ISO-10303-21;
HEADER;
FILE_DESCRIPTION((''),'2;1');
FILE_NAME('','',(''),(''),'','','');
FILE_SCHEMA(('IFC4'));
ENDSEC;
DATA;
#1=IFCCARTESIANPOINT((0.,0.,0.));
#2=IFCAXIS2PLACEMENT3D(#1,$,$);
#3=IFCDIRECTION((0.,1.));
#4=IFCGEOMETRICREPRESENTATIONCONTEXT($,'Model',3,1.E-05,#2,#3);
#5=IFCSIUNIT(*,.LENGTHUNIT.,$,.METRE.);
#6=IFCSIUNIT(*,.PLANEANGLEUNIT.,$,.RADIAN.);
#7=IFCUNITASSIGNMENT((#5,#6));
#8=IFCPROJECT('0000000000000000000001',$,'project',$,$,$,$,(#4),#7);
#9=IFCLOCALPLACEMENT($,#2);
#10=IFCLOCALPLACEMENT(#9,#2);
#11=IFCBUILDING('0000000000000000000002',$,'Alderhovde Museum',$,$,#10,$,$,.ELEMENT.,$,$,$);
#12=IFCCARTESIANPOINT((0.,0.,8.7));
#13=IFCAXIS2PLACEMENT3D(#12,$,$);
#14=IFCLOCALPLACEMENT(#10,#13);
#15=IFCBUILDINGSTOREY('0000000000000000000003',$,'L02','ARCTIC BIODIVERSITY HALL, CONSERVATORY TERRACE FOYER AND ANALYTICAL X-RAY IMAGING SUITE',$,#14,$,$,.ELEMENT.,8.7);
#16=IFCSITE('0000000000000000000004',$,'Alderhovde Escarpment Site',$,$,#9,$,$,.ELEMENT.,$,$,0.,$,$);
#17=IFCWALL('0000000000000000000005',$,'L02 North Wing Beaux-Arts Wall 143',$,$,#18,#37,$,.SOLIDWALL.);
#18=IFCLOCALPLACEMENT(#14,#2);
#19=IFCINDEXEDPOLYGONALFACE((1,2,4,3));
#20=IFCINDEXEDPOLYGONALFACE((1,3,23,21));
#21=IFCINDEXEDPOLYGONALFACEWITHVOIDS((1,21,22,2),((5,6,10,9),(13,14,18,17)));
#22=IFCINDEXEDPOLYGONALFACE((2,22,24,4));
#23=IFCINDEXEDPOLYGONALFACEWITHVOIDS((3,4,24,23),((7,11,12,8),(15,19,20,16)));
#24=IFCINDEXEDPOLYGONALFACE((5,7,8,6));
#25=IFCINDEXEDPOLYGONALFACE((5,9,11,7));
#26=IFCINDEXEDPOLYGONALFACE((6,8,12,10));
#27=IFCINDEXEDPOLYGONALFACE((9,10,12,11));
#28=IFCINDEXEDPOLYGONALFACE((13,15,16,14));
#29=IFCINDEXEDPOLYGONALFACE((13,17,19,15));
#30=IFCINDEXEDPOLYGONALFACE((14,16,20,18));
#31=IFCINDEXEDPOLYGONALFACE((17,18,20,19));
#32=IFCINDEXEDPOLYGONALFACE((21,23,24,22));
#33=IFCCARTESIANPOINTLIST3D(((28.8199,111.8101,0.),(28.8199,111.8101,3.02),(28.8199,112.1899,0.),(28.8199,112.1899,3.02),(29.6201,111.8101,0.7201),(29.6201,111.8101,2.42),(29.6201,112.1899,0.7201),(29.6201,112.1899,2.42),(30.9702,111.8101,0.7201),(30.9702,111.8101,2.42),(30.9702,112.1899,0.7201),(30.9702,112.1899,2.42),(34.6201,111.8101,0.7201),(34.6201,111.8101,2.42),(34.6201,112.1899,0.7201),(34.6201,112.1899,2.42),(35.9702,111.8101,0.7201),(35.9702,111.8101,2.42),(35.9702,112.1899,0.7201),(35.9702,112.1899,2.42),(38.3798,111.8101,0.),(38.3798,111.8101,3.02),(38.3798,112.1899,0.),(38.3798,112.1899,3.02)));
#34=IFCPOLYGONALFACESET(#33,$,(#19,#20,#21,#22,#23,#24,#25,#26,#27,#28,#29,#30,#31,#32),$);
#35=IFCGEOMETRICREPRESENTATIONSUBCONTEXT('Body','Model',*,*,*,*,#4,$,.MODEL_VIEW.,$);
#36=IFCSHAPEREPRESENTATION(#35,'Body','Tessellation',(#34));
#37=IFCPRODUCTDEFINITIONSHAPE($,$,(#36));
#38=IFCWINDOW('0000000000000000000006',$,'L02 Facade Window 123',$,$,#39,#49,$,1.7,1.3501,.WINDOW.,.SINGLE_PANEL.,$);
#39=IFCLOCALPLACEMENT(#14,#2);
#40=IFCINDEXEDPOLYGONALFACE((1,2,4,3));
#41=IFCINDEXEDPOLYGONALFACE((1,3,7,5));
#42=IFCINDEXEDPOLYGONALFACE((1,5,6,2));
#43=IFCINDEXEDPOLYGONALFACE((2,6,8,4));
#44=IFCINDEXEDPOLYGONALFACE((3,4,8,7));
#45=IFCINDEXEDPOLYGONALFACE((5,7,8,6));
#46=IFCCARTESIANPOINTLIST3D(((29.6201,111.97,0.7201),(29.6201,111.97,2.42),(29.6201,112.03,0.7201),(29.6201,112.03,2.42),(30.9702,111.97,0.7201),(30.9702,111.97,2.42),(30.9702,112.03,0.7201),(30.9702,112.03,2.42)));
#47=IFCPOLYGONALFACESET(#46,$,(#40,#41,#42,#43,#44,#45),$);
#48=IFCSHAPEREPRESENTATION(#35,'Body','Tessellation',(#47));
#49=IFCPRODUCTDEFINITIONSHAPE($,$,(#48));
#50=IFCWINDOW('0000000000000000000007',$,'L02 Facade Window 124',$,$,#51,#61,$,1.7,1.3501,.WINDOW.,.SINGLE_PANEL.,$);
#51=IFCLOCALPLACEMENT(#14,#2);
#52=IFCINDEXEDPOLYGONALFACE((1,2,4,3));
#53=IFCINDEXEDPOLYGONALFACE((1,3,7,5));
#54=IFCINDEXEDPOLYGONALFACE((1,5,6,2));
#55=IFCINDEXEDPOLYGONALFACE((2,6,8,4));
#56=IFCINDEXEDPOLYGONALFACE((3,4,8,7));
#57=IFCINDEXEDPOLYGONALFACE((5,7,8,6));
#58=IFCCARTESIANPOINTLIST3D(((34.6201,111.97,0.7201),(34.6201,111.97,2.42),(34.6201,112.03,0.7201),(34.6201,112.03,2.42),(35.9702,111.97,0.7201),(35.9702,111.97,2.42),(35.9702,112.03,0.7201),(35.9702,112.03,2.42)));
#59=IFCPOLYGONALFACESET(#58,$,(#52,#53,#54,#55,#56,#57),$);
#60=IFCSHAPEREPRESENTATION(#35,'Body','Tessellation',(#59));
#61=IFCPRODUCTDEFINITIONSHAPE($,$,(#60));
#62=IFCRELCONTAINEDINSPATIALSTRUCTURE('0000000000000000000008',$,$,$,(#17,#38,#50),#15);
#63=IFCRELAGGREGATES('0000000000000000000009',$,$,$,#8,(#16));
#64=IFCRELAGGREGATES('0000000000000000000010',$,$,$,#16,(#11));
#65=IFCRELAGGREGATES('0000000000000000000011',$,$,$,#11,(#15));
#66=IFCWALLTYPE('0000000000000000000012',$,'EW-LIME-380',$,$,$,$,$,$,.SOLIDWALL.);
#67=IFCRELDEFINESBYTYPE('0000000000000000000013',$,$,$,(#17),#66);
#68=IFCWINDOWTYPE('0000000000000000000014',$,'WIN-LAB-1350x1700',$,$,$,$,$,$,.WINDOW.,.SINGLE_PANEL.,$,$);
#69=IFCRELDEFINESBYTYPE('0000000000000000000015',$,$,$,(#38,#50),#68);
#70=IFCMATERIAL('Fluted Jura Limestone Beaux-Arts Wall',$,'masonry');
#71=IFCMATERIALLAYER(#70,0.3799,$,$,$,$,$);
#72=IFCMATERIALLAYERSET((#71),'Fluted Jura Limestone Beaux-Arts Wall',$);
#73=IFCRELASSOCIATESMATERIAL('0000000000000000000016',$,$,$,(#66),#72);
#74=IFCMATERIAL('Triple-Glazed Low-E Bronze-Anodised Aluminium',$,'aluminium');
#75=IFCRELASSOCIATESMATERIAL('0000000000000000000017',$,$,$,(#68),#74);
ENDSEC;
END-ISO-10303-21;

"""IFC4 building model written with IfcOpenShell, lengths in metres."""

from ifc_helpers import new_model, si_unit, direction, frame, frame_2d, origin, place, context, subcontext, project, spatial, rectangle, extrude, material, layer, layer_set, type_object, element, fill, save


model = new_model("IFC4")

# Units and contexts
model_context = context("Model", 3, precision=1e-05, world=origin(), true_north=direction((0.0, 1.0)))
body_context = subcontext(model_context, "Body", "Model", "MODEL_VIEW")
ifc_project = project(units=[si_unit("LENGTHUNIT", "METRE"), si_unit("PLANEANGLEUNIT", "RADIAN")], contexts=[model_context])

# Site, building, storey
site_placement = place(None, origin())
site = spatial("IfcSite", under=ifc_project, at=site_placement, Name="Alderhovde Escarpment Site", CompositionType="ELEMENT", RefElevation=0.0)
building_placement = place(site_placement, origin())
building = spatial("IfcBuilding", under=site, at=building_placement, Name="Alderhovde Museum", CompositionType="ELEMENT")
storey_placement = place(building_placement, frame((0.0, 0.0, 8.7)))
storey = spatial("IfcBuildingStorey", under=building, at=storey_placement, Name="L02", Description="ARCTIC BIODIVERSITY HALL, CONSERVATORY TERRACE FOYER AND ANALYTICAL X-RAY IMAGING SUITE", CompositionType="ELEMENT", Elevation=8.7)

# Wall, openings, windows
ifc_material_1 = material(Name="Fluted Jura Limestone Beaux-Arts Wall", Category="masonry")
ifc_layer = layer(ifc_material_1, 0.3799)
ifc_layer_set = layer_set([ifc_layer], Name="Fluted Jura Limestone Beaux-Arts Wall")
wall_type = type_object("IfcWallType", Name="EW-LIME-380", PredefinedType="SOLIDWALL", material=ifc_layer_set)
ifc_material_2 = material(Name="Triple-Glazed Low-E Bronze-Anodised Aluminium", Category="aluminium")
window_type = type_object("IfcWindowType", Name="WIN-LAB-1350x1700", PartitioningType="SINGLE_PANEL", PredefinedType="WINDOW", material=ifc_material_2)
wall_1_placement = place(storey_placement, frame((28.8201, 112.0, 0.0), z_axis=(0.0, 0.0, 1.0), x_axis=(1.0, 0.0, 0.0)))
wall_1 = element("IfcWall", 1, at=wall_1_placement, inside=storey, type_object=wall_type, Name="L02 North Wing Beaux-Arts Wall 143", PredefinedType="SOLIDWALL", context=body_context, shape_type="SweptSolid", body=[
    extrude(rectangle(XDim=9.5598, YDim=0.3799, at=frame_2d((4.7798, 0.0))), origin(), (0.0, 0.0, 1.0), 3.02),
])
opening_1_placement = place(wall_1_placement, frame((0.8, 0.0, 0.72)))
opening_1 = element("IfcOpeningElement", 2, at=opening_1_placement, cuts=wall_1, PredefinedType="OPENING", context=body_context, shape_type="SweptSolid", body=[
    extrude(rectangle(XDim=1.3501, YDim=1.7, at=frame_2d((0.675, 0.8501))), frame((0.0, 0.2, 0.0), z_axis=(0.0, -1.0, 0.0), x_axis=(1.0, 0.0, 0.0)), (0.0, 0.0, 1.0), 0.3999),
])
opening_2_placement = place(wall_1_placement, frame((5.8, 0.0, 0.72)))
opening_2 = element("IfcOpeningElement", 3, at=opening_2_placement, cuts=wall_1, PredefinedType="OPENING", context=body_context, shape_type="SweptSolid", body=[
    extrude(rectangle(XDim=1.3501, YDim=1.7, at=frame_2d((0.675, 0.8501))), frame((0.0, 0.2, 0.0), z_axis=(0.0, -1.0, 0.0), x_axis=(1.0, 0.0, 0.0)), (0.0, 0.0, 1.0), 0.3999),
])
window_1_placement = place(opening_1_placement, origin())
window_1 = element("IfcWindow", 4, at=window_1_placement, inside=storey, type_object=window_type, Name="L02 Facade Window 123", OverallHeight=1.7, OverallWidth=1.3501, PartitioningType="SINGLE_PANEL", PredefinedType="WINDOW", context=body_context, shape_type="SweptSolid", body=[
    extrude(rectangle(XDim=1.3501, YDim=1.7, at=frame_2d((0.675, 0.8501))), frame((0.0, 0.03, 0.0), z_axis=(0.0, -1.0, 0.0), x_axis=(1.0, 0.0, 0.0)), (0.0, 0.0, 1.0), 0.0601),
])
fill(opening_1, window_1)
window_2_placement = place(opening_2_placement, origin())
window_2 = element("IfcWindow", 5, at=window_2_placement, inside=storey, type_object=window_type, Name="L02 Facade Window 124", OverallHeight=1.7, OverallWidth=1.3501, PartitioningType="SINGLE_PANEL", PredefinedType="WINDOW", context=body_context, shape_type="SweptSolid", body=[
    extrude(rectangle(XDim=1.3501, YDim=1.7, at=frame_2d((0.675, 0.8501))), frame((0.0, 0.03, 0.0), z_axis=(0.0, -1.0, 0.0), x_axis=(1.0, 0.0, 0.0)), (0.0, 0.0, 1.0), 0.0601),
])
fill(opening_2, window_2)

save(model, "model.ifc")
